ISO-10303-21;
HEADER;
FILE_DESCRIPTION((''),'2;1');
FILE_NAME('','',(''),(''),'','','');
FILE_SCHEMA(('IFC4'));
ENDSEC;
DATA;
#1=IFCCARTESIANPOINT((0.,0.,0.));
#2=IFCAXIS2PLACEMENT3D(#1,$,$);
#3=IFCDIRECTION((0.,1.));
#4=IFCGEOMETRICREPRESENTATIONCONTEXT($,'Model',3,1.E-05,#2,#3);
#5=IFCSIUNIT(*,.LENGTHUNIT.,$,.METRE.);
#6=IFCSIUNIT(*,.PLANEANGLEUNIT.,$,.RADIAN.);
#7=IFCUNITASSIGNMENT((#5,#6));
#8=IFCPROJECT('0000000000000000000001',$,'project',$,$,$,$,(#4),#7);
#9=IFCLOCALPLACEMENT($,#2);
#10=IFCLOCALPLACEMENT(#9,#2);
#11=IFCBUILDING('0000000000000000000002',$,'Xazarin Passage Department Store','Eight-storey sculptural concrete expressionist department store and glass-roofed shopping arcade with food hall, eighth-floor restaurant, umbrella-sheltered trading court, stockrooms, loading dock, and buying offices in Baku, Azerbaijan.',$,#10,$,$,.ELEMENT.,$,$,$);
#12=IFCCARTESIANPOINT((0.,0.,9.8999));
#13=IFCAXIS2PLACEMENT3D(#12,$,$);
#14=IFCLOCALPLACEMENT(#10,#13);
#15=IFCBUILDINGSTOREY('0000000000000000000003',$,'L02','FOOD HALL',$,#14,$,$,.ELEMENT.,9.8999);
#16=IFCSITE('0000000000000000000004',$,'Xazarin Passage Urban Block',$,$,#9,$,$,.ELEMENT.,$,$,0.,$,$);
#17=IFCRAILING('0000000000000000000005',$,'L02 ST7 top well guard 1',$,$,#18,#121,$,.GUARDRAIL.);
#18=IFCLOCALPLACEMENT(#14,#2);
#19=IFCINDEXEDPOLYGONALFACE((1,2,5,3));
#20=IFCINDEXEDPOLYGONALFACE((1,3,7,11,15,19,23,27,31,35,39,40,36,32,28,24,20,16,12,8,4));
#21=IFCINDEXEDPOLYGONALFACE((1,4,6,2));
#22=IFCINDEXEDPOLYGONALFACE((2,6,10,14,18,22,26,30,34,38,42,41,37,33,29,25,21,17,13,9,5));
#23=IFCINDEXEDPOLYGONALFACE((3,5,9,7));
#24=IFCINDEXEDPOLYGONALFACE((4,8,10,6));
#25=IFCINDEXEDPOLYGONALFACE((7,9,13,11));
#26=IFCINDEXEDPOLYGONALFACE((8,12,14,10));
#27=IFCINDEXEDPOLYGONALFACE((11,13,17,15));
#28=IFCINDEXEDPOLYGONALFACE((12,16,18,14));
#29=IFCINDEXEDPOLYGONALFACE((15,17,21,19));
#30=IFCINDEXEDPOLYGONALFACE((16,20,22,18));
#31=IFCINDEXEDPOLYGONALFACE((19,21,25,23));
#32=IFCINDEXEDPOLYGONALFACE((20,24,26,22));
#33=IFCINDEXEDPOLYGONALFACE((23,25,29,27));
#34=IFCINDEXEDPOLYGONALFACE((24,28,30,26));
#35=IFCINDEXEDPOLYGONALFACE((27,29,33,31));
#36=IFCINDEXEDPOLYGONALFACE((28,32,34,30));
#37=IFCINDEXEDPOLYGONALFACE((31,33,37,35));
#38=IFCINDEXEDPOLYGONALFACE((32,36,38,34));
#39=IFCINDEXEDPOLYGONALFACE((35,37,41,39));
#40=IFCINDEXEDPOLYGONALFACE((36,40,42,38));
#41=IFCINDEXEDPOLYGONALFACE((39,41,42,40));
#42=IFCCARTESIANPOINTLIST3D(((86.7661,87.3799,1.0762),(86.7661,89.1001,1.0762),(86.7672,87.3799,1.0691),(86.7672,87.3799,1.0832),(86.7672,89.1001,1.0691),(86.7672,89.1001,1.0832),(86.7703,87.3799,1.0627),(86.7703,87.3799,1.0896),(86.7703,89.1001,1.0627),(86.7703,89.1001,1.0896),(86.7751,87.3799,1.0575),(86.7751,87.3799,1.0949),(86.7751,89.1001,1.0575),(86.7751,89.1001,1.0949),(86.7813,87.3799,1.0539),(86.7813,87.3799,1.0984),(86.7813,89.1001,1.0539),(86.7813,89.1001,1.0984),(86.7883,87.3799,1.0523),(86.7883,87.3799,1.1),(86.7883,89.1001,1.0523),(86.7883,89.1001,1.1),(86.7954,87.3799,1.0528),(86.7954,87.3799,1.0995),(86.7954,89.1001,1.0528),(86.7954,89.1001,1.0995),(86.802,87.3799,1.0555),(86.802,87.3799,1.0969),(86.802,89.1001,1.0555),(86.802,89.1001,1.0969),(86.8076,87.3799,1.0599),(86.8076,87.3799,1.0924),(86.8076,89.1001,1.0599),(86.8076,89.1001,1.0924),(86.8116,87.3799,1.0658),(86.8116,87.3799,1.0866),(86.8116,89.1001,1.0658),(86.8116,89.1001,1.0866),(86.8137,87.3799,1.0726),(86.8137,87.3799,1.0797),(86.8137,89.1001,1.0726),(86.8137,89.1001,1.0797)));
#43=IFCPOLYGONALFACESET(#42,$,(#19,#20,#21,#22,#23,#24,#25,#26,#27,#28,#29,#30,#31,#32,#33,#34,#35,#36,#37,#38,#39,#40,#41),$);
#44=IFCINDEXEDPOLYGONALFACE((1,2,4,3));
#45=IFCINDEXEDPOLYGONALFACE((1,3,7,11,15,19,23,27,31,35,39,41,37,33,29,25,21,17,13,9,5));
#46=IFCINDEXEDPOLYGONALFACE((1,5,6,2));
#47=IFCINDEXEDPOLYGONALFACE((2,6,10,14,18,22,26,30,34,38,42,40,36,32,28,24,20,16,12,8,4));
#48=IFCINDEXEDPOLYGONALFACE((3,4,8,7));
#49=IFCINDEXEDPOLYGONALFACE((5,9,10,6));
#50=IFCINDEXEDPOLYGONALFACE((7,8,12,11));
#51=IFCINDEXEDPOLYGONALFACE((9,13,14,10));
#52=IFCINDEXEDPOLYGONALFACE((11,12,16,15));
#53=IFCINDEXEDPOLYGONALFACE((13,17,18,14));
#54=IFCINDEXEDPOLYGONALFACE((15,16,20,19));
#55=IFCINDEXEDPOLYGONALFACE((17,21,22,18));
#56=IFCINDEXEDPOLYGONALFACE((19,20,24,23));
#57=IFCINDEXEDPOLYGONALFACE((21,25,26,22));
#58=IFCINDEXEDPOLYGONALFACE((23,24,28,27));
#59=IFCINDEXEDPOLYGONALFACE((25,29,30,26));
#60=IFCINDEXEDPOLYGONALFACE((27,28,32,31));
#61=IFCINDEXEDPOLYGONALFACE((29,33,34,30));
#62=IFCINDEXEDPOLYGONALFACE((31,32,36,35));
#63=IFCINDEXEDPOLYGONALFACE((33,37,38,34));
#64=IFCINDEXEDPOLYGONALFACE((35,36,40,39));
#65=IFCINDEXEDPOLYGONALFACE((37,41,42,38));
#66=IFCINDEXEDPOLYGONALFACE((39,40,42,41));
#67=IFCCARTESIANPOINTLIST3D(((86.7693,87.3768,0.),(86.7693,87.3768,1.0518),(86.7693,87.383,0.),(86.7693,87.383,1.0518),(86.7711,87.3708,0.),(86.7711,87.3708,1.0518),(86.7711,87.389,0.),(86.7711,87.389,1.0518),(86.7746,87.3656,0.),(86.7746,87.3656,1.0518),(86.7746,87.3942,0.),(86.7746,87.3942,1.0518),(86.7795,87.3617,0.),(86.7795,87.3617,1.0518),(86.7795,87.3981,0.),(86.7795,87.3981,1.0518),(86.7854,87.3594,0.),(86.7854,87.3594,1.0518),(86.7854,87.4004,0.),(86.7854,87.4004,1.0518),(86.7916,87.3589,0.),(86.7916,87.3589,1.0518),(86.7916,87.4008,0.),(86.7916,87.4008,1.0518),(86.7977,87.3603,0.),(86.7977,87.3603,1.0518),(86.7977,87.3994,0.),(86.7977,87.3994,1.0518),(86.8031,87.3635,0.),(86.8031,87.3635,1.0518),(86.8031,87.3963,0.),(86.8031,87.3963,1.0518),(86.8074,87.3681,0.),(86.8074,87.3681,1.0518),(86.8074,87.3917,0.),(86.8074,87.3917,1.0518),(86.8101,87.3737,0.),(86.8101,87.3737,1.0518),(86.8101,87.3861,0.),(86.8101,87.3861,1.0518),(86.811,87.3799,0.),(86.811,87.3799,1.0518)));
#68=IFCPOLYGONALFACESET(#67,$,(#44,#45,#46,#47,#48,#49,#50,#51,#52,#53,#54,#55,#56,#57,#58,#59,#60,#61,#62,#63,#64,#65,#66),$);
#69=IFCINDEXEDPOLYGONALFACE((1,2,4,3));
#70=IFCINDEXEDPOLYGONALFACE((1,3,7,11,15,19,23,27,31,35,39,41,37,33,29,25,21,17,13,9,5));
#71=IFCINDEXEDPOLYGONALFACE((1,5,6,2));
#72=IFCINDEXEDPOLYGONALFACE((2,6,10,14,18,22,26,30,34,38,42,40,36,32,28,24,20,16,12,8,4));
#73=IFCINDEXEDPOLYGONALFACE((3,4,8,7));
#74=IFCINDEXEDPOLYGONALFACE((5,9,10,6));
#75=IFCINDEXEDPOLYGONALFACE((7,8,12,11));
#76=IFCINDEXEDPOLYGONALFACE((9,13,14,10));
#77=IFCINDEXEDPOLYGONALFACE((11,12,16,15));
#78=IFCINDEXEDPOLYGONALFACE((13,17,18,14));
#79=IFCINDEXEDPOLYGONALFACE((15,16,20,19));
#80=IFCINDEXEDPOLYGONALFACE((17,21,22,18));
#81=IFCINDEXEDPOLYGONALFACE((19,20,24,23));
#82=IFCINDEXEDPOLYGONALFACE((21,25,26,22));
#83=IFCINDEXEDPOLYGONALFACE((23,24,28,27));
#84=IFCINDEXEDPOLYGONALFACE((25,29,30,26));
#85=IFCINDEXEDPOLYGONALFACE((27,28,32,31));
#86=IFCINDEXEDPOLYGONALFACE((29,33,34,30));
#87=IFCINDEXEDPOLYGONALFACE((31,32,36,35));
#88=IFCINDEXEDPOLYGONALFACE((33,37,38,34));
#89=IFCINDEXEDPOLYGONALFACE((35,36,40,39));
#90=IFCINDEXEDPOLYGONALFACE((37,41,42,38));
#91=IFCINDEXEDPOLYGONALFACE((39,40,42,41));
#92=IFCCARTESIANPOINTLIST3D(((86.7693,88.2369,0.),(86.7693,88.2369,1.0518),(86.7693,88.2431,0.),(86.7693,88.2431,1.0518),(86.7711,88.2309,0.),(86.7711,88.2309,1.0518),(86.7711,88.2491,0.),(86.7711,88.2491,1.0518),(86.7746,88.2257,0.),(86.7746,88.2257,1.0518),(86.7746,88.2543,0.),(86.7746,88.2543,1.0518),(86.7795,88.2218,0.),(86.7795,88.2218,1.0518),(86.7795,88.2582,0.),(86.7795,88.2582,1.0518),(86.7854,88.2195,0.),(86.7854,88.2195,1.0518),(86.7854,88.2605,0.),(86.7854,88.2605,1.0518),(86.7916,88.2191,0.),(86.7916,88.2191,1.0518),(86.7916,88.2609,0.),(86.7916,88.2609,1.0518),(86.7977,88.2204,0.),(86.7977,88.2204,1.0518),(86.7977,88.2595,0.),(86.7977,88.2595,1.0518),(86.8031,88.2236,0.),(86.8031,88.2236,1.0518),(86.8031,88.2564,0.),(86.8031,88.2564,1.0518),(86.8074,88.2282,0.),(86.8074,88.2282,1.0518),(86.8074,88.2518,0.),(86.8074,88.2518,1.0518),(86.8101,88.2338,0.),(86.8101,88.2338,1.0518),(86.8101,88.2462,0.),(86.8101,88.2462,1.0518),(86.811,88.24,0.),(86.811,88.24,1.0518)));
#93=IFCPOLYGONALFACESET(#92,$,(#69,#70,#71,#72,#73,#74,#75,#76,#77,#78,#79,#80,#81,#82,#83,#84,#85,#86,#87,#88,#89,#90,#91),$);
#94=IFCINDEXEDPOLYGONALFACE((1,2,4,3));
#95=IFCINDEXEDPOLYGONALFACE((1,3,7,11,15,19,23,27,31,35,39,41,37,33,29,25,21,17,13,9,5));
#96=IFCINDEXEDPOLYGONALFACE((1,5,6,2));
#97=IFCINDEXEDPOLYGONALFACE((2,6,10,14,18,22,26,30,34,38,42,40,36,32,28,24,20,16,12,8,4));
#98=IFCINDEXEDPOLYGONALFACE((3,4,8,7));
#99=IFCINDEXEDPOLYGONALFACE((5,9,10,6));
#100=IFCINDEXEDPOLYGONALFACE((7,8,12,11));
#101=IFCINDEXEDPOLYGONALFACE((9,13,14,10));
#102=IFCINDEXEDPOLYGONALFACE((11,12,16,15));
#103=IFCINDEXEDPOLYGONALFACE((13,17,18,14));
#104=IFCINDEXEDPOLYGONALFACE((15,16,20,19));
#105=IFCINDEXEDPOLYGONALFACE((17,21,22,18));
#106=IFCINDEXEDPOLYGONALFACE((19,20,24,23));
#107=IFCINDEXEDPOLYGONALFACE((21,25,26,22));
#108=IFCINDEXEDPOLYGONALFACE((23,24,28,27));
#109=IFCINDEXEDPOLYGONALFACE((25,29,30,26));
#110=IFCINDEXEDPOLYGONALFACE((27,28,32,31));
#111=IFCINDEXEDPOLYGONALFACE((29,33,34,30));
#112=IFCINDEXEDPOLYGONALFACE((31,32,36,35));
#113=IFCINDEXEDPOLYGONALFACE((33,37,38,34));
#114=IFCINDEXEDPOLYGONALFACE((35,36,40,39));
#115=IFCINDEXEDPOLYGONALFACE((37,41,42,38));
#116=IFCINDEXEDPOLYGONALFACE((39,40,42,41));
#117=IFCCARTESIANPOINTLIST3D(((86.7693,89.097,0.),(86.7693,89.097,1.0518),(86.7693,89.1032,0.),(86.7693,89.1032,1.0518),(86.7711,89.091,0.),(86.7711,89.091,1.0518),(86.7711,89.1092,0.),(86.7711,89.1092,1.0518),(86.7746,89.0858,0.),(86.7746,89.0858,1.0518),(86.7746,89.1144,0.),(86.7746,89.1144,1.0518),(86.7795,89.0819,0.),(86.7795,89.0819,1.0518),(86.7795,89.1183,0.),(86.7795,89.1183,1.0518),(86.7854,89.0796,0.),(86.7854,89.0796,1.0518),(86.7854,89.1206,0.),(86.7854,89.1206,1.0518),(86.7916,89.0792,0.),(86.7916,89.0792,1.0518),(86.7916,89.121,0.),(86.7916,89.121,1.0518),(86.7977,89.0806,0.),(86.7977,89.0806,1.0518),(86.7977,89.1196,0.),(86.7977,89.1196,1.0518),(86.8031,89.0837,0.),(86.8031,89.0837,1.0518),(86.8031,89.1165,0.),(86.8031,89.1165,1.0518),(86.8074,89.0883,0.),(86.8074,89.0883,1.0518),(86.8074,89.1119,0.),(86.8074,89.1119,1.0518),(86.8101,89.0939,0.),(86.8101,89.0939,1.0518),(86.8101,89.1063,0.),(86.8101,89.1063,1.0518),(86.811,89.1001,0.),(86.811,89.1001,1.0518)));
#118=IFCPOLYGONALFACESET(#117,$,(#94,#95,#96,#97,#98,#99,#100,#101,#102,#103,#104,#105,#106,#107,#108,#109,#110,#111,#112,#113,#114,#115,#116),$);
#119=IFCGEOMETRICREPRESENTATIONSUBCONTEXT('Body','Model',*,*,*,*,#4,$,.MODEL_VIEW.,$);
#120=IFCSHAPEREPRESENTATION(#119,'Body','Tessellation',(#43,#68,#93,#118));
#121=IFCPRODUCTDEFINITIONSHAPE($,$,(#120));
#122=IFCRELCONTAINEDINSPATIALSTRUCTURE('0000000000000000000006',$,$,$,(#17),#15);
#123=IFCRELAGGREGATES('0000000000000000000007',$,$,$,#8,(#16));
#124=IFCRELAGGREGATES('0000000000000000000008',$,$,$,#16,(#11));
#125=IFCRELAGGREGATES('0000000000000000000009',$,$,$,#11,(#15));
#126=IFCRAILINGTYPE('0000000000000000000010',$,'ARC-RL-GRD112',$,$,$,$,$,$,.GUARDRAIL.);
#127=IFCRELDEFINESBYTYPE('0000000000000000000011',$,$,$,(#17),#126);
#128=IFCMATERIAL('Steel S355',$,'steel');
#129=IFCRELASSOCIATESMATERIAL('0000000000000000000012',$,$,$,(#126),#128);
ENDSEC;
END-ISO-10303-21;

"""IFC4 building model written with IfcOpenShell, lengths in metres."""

from ifc_helpers import new_model, si_unit, direction, frame, origin, origin_2d, place, context, subcontext, project, spatial, circle, extrude, material, type_object, element, save


model = new_model("IFC4")

# Units and contexts
model_context = context("Model", 3, precision=1e-05, world=origin(), true_north=direction((0.0, 1.0)))
body_context = subcontext(model_context, "Body", "Model", "MODEL_VIEW")
ifc_project = project(units=[si_unit("LENGTHUNIT", "METRE"), si_unit("PLANEANGLEUNIT", "RADIAN")], contexts=[model_context])

# Site, building, storey
site_placement = place(None, origin())
site = spatial("IfcSite", under=ifc_project, at=site_placement, Name="Xazarin Passage Urban Block", CompositionType="ELEMENT", RefElevation=0.0)
building_placement = place(site_placement, origin())
building = spatial("IfcBuilding", under=site, at=building_placement, Name="Xazarin Passage Department Store", Description="Eight-storey sculptural concrete expressionist department store and glass-roofed shopping arcade with food hall, eighth-floor restaurant, umbrella-sheltered trading court, stockrooms, loading dock, and buying offices in Baku, Azerbaijan.", CompositionType="ELEMENT")
storey_placement = place(building_placement, frame((0.0, 0.0, 9.8999)))
storey = spatial("IfcBuildingStorey", under=building, at=storey_placement, Name="L02", Description="FOOD HALL", CompositionType="ELEMENT", Elevation=9.8999)

# Shared definitions
ifc_material_1 = material(Name="Steel S355", Category="steel")

# Railing
railing_type = type_object("IfcRailingType", Name="ARC-RL-GRD112", PredefinedType="GUARDRAIL", material=ifc_material_1)
railing_placement = place(storey_placement, frame((86.79, 87.3799, 0.0)))
element("IfcRailing", 1, at=railing_placement, inside=storey, type_object=railing_type, Name="L02 ST7 top well guard 1", PredefinedType="GUARDRAIL", context=body_context, shape_type="SweptSolid", body=[
    extrude(circle(Radius=0.0239, at=origin_2d()), frame((0.0, 0.0, 1.0762), z_axis=(0.0, 1.0, 0.0), x_axis=(-1.0, 0.0, 0.0)), (0.0, 0.0, 1.0), 1.7202),
    extrude(circle(Radius=0.021, at=origin_2d()), origin(), (0.0, 0.0, 1.0), 1.0518),
    extrude(circle(Radius=0.021, at=origin_2d()), frame((0.0, 0.8601, 0.0)), (0.0, 0.0, 1.0), 1.0518),
    extrude(circle(Radius=0.021, at=origin_2d()), frame((0.0, 1.7202, 0.0)), (0.0, 0.0, 1.0), 1.0518),
])

save(model, "model.ifc")
